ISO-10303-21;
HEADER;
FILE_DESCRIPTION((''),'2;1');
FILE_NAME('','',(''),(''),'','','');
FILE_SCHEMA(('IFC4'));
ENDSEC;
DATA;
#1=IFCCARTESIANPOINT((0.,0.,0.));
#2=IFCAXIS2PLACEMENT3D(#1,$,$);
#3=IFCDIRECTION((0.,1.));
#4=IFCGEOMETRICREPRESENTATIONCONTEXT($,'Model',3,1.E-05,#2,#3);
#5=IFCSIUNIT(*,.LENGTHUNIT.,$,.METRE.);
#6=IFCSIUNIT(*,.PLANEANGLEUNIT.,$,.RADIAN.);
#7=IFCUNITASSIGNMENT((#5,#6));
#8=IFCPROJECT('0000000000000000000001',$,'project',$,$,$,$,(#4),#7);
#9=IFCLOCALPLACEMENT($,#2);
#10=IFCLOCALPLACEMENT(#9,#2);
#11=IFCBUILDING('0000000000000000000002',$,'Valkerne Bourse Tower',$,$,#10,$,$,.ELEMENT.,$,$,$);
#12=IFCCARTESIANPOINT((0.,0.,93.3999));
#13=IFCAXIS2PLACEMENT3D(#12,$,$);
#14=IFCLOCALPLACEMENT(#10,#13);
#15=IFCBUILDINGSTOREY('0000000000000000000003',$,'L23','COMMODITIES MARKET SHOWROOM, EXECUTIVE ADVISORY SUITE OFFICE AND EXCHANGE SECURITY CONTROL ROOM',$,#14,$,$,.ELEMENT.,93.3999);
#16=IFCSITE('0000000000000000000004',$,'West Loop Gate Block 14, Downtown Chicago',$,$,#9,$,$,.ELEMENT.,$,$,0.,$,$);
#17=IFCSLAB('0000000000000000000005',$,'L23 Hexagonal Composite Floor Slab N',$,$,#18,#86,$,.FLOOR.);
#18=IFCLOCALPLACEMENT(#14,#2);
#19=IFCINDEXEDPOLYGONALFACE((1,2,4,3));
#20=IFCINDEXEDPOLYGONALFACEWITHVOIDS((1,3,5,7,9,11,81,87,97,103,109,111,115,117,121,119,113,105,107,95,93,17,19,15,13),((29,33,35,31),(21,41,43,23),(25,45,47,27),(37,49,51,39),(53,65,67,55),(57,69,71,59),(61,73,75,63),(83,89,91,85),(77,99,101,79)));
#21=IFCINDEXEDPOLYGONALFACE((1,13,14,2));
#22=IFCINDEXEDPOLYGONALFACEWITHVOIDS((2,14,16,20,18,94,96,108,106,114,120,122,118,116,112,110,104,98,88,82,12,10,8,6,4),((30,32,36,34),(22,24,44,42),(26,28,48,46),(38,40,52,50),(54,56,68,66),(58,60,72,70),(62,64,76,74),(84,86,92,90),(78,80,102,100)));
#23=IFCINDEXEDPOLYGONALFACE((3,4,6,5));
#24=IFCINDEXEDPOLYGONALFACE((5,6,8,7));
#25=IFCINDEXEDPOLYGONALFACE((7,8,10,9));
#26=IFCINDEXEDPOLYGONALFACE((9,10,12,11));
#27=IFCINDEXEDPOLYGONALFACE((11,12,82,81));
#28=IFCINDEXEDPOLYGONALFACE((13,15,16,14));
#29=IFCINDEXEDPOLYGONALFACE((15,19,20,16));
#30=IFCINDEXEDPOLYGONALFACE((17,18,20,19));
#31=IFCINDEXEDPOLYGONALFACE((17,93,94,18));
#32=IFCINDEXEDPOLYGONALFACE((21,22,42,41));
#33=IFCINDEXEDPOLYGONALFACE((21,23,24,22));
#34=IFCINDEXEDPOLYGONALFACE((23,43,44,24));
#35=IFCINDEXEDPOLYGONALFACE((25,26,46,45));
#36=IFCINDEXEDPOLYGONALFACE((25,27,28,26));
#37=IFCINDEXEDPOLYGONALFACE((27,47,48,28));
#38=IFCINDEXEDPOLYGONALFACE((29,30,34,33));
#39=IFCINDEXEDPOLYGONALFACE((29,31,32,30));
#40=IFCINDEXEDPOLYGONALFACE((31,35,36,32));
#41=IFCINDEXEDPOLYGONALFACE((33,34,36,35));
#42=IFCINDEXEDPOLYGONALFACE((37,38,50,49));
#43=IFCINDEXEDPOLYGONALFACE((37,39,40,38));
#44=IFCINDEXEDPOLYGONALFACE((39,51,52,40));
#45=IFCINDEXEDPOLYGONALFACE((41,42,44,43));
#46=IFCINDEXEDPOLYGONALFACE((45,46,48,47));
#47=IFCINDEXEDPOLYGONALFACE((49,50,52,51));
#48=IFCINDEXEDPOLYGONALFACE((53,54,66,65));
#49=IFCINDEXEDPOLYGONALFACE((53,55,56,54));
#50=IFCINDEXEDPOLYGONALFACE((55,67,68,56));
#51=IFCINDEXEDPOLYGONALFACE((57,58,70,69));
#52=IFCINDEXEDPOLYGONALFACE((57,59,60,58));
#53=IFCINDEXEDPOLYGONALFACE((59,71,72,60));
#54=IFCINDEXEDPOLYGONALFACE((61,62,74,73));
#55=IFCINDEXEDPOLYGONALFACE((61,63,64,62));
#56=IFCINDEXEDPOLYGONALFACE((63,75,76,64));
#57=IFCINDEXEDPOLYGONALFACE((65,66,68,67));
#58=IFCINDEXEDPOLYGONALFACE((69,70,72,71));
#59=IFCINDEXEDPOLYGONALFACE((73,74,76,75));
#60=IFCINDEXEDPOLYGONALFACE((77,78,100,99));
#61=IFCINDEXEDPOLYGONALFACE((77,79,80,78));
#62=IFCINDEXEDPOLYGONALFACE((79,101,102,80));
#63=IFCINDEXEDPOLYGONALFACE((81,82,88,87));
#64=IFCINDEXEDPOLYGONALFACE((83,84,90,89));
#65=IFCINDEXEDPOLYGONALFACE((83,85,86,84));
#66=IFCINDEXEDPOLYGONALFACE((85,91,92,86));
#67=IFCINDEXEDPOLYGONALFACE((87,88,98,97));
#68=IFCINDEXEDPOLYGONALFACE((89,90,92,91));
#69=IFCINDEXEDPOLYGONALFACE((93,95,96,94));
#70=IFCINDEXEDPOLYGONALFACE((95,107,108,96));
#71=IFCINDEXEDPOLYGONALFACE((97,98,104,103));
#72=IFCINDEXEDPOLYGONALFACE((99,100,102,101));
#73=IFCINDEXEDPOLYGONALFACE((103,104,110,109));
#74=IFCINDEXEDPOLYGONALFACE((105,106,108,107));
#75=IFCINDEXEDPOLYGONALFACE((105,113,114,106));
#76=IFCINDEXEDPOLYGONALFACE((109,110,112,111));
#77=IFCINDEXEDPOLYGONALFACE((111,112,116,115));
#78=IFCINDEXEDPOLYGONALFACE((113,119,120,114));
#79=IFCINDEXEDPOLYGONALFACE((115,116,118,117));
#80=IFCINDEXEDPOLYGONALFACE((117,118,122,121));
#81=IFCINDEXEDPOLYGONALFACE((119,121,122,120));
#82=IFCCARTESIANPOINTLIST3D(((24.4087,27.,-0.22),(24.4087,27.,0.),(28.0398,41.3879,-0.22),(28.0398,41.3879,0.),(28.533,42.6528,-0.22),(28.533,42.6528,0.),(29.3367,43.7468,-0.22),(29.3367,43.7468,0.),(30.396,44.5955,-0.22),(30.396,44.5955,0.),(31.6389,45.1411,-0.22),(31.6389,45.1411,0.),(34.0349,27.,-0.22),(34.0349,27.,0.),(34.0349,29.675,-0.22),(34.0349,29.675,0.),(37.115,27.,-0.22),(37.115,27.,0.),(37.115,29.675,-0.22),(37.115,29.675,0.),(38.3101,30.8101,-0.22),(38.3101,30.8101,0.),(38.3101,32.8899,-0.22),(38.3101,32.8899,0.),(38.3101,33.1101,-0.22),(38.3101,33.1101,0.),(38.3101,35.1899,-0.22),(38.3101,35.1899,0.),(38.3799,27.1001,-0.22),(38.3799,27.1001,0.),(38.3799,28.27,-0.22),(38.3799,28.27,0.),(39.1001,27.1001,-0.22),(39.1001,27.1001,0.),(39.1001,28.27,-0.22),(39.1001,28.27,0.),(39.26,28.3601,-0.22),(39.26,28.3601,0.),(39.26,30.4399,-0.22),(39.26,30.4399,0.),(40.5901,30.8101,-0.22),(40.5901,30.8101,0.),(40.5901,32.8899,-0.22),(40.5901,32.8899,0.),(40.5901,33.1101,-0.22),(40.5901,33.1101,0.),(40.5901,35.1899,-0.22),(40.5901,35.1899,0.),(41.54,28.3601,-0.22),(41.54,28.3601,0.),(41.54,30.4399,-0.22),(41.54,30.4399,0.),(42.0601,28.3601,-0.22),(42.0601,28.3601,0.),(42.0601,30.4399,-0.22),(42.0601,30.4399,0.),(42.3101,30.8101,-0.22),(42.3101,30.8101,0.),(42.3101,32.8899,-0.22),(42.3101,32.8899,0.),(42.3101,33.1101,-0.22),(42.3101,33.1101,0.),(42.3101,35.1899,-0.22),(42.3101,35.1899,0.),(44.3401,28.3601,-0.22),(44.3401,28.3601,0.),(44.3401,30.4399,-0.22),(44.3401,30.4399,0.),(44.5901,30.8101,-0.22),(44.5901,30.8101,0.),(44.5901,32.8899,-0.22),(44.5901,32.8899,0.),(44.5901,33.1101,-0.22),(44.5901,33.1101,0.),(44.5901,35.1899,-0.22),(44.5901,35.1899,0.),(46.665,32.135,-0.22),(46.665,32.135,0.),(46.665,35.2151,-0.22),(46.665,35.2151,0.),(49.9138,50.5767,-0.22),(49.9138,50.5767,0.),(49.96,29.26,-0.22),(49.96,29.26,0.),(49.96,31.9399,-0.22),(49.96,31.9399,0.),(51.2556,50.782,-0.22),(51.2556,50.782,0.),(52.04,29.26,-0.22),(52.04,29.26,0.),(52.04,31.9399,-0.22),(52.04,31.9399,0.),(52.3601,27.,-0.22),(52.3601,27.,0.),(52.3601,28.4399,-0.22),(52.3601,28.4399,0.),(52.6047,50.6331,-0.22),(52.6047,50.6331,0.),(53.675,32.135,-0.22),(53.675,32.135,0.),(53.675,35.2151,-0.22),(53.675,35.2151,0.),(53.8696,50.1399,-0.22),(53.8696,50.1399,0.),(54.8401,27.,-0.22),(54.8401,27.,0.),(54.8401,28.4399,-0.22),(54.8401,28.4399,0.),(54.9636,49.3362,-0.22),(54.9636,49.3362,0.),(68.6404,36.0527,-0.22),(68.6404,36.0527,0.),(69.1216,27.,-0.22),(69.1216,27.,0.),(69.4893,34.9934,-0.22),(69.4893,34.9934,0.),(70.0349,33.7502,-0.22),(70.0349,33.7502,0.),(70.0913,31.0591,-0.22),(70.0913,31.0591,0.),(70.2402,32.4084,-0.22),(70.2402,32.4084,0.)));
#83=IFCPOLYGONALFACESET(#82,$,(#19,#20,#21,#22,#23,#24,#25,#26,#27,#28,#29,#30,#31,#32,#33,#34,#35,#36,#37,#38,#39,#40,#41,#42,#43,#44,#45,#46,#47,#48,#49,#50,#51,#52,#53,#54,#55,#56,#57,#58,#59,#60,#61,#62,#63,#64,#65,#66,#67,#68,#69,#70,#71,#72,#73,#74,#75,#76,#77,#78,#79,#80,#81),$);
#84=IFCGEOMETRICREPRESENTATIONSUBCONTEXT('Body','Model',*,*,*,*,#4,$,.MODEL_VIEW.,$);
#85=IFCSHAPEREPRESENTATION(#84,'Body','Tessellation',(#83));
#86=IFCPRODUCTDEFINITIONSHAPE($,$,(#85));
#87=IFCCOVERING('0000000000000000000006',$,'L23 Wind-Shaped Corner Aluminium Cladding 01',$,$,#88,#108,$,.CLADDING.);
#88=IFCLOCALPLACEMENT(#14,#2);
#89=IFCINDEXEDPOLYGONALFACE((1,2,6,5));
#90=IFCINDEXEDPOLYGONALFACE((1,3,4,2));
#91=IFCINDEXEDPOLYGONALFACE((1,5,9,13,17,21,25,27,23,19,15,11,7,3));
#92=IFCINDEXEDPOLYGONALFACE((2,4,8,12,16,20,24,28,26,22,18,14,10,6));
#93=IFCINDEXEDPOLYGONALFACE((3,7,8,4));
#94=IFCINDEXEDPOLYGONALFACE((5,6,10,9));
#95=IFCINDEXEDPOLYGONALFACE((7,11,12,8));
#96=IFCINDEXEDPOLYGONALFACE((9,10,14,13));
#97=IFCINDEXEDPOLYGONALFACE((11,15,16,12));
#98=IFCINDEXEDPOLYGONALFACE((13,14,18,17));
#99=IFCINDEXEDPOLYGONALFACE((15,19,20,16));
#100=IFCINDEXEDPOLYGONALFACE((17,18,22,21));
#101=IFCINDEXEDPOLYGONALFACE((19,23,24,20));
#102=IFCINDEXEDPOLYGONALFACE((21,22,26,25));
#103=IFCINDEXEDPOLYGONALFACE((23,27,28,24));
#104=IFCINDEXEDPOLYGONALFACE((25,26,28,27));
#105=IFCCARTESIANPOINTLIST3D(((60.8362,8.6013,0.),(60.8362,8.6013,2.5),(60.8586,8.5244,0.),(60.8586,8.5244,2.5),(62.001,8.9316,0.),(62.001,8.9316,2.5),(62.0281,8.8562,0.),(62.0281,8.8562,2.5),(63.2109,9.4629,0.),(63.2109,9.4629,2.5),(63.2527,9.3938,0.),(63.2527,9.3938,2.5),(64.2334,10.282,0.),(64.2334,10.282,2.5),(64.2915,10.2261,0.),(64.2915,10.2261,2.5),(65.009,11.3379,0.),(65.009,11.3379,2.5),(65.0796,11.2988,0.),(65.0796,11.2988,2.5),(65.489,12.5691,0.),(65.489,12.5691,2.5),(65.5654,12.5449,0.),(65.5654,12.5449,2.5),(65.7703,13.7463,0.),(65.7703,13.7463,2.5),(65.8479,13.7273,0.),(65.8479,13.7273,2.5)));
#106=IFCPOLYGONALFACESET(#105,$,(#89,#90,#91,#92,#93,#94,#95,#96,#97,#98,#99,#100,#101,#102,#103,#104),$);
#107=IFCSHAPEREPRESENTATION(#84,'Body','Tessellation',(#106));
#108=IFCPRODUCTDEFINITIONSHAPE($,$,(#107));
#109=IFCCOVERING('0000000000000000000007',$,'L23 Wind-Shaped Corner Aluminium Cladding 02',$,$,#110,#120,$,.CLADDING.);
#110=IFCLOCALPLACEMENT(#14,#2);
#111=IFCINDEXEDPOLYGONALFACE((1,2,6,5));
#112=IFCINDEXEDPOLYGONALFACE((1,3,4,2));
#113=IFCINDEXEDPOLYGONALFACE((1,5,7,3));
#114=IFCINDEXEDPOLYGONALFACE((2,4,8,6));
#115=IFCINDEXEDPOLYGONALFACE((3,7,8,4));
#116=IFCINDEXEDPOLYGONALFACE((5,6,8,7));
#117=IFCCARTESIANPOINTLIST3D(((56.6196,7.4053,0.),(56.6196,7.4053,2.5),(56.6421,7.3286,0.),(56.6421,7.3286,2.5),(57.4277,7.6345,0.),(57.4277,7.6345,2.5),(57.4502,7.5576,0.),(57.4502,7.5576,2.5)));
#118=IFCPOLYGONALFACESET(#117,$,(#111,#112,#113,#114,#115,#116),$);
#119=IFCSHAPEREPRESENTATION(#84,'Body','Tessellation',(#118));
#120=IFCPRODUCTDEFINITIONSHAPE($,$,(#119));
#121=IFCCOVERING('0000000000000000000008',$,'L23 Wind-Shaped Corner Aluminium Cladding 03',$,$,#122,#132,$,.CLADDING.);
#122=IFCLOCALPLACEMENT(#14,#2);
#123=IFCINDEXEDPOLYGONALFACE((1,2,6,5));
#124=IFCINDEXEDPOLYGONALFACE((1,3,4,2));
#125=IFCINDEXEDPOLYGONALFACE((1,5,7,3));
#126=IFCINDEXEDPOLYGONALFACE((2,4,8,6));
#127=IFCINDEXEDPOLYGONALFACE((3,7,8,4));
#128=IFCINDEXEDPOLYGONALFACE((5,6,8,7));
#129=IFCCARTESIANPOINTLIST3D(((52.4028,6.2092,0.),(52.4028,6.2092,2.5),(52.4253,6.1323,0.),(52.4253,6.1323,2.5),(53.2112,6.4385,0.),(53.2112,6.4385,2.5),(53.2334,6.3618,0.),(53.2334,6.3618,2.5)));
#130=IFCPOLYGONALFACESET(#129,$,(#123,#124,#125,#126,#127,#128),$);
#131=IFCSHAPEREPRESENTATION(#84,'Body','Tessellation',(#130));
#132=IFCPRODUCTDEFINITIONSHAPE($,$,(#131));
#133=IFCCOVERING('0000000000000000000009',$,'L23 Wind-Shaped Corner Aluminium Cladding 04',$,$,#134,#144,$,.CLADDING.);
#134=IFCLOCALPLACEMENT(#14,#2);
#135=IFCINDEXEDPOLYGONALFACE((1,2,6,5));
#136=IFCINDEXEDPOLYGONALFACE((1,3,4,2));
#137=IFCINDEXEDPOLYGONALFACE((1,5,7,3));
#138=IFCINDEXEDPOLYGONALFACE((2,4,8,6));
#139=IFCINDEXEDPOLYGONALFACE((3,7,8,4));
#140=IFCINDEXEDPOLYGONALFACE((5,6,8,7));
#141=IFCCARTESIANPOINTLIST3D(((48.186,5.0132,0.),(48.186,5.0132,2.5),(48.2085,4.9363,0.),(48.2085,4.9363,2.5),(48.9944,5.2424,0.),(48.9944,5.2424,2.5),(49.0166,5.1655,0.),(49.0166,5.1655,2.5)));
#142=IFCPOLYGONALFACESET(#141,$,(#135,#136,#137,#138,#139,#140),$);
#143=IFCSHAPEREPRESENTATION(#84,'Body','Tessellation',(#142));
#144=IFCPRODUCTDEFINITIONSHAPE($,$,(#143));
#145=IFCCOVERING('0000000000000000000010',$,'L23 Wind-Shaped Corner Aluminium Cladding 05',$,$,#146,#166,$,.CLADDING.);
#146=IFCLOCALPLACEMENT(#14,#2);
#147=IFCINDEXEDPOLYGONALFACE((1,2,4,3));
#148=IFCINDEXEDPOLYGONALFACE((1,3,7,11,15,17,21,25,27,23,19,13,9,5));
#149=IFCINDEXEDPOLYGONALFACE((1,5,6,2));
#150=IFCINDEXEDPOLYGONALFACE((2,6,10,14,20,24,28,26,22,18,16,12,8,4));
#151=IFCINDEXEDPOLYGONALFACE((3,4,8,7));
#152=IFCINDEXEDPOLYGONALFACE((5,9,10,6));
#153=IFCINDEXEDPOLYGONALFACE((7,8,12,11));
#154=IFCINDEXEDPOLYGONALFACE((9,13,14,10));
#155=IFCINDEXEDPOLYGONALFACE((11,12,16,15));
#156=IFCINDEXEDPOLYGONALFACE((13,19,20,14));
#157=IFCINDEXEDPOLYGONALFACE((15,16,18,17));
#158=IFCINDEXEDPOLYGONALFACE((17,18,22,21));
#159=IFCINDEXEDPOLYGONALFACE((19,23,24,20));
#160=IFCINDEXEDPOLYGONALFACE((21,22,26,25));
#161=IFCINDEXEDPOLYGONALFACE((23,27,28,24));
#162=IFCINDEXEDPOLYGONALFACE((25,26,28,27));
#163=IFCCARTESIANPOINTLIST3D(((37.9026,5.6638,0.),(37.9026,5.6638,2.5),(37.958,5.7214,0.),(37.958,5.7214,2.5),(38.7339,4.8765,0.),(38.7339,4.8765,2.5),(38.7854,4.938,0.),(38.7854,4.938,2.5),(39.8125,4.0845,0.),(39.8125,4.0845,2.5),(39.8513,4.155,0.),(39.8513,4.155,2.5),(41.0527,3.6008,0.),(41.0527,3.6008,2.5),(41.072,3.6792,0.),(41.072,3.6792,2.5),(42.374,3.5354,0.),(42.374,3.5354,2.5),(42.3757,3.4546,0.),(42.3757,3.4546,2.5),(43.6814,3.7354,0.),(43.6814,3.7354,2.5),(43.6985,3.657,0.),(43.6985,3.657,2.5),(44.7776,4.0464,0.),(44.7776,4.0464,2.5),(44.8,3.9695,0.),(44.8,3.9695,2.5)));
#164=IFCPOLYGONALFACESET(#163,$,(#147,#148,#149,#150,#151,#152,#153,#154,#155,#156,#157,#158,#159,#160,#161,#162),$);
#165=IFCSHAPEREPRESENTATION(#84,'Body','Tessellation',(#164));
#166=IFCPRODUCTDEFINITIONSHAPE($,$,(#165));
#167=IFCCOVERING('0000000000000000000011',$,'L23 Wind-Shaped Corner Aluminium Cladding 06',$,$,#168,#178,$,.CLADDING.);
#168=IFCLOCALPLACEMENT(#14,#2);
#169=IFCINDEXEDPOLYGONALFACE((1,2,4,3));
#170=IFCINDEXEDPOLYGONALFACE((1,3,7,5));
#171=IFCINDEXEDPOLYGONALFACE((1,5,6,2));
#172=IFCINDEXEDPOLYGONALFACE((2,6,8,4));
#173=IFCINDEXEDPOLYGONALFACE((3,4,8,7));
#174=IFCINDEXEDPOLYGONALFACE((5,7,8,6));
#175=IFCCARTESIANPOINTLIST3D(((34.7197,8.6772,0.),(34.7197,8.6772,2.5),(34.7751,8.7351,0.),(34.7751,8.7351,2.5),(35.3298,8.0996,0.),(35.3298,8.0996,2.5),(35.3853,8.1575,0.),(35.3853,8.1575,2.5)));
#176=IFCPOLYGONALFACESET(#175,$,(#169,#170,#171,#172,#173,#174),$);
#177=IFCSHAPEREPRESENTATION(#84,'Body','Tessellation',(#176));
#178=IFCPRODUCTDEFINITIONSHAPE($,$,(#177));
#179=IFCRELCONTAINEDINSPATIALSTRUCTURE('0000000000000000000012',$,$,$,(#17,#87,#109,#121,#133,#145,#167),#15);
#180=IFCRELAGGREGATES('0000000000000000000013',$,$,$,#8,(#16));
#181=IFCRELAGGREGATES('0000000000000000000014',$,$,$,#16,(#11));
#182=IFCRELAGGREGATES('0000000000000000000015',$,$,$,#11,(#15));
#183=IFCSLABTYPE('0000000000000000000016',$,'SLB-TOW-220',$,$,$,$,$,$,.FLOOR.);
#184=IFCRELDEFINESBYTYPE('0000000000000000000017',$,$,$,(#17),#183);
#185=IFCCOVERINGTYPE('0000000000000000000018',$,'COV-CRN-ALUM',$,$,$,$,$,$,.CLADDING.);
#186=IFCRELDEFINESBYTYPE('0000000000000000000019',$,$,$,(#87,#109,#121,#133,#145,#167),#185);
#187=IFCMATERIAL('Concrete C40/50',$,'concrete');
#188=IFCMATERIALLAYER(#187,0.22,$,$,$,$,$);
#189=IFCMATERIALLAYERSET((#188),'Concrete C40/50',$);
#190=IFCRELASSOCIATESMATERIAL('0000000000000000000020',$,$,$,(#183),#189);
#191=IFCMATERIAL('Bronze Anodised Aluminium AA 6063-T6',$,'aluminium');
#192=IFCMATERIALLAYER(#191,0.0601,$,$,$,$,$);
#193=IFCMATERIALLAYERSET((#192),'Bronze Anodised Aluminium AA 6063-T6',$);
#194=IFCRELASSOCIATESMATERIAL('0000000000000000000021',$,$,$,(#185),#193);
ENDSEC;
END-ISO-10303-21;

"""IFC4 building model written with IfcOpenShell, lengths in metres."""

from ifc_helpers import new_model, si_unit, direction, frame, origin, place, context, subcontext, project, spatial, polyline, outline, extrude, material, layer, layer_set, type_object, element, save


model = new_model("IFC4")

# Units and contexts
model_context = context("Model", 3, precision=1e-05, world=origin(), true_north=direction((0.0, 1.0)))
body_context = subcontext(model_context, "Body", "Model", "MODEL_VIEW")
ifc_project = project(units=[si_unit("LENGTHUNIT", "METRE"), si_unit("PLANEANGLEUNIT", "RADIAN")], contexts=[model_context])

# Site, building, storey
site_placement = place(None, origin())
site = spatial("IfcSite", under=ifc_project, at=site_placement, Name="West Loop Gate Block 14, Downtown Chicago", CompositionType="ELEMENT", RefElevation=0.0)
building_placement = place(site_placement, origin())
building = spatial("IfcBuilding", under=site, at=building_placement, Name="Valkerne Bourse Tower", CompositionType="ELEMENT")
storey_placement = place(building_placement, frame((0.0, 0.0, 93.3999)))
storey = spatial("IfcBuildingStorey", under=building, at=storey_placement, Name="L23", Description="COMMODITIES MARKET SHOWROOM, EXECUTIVE ADVISORY SUITE OFFICE AND EXCHANGE SECURITY CONTROL ROOM", CompositionType="ELEMENT", Elevation=93.3999)

# Slab
ifc_material_1 = material(Name="Concrete C40/50", Category="concrete")
ifc_layer_1 = layer(ifc_material_1, 0.22)
ifc_layer_set_1 = layer_set([ifc_layer_1], Name="Concrete C40/50")
slab_type_1 = type_object("IfcSlabType", Name="SLB-TOW-220", PredefinedType="FLOOR", material=ifc_layer_set_1)
slab_1_placement = place(storey_placement, frame((0.0, 0.0, -0.22)))
element("IfcSlab", 1, at=slab_1_placement, inside=storey, type_object=slab_type_1, Name="L23 Hexagonal Composite Floor Slab N", PredefinedType="FLOOR", context=body_context, shape_type="SweptSolid", body=[
    extrude(outline(polyline([(28.0398, 41.3879), (28.533, 42.6528), (29.3367, 43.7468), (30.396, 44.5955), (31.6389, 45.1411), (49.9138, 50.5767), (51.2556, 50.782), (52.6047, 50.6331), (53.8696, 50.1399), (54.9636, 49.3362), (68.6404, 36.0527), (69.4893, 34.9934), (70.0349, 33.7502), (70.2402, 32.4084), (70.0913, 31.0591), (69.1216, 27.0), (54.8401, 27.0), (54.8401, 28.4399), (52.3601, 28.4399), (52.3601, 27.0), (37.115, 27.0), (37.115, 29.675), (34.0349, 29.675), (34.0349, 27.0), (24.4087, 27.0), (28.0398, 41.3879)]), holes=[polyline([(39.1001, 28.27), (38.3799, 28.27), (38.3799, 27.1001), (39.1001, 27.1001), (39.1001, 28.27)]), polyline([(41.54, 30.4399), (39.26, 30.4399), (39.26, 28.3601), (41.54, 28.3601), (41.54, 30.4399)]), polyline([(44.3401, 30.4399), (42.0601, 30.4399), (42.0601, 28.3601), (44.3401, 28.3601), (44.3401, 30.4399)]), polyline([(40.5901, 30.8101), (40.5901, 32.8899), (38.3101, 32.8899), (38.3101, 30.8101), (40.5901, 30.8101)]), polyline([(40.5901, 33.1101), (40.5901, 35.1899), (38.3101, 35.1899), (38.3101, 33.1101), (40.5901, 33.1101)]), polyline([(52.04, 31.9399), (49.96, 31.9399), (49.96, 29.26), (52.04, 29.26), (52.04, 31.9399)]), polyline([(44.5901, 32.8899), (42.3101, 32.8899), (42.3101, 30.8101), (44.5901, 30.8101), (44.5901, 32.8899)]), polyline([(53.675, 32.135), (53.675, 35.2151), (46.665, 35.2151), (46.665, 32.135), (53.675, 32.135)]), polyline([(44.5901, 33.1101), (44.5901, 35.1899), (42.3101, 35.1899), (42.3101, 33.1101), (44.5901, 33.1101)])]), origin(), (0.0, 0.0, 1.0), 0.22),
])

# Coverings
ifc_material_2 = material(Name="Bronze Anodised Aluminium AA 6063-T6", Category="aluminium")
ifc_layer_2 = layer(ifc_material_2, 0.0601)
ifc_layer_set_2 = layer_set([ifc_layer_2], Name="Bronze Anodised Aluminium AA 6063-T6")
covering_type = type_object("IfcCoveringType", Name="COV-CRN-ALUM", PredefinedType="CLADDING", material=ifc_layer_set_2)
covering_1_placement = place(storey_placement, origin())
element("IfcCovering", 2, at=covering_1_placement, inside=storey, type_object=covering_type, Name="L23 Wind-Shaped Corner Aluminium Cladding 01", PredefinedType="CLADDING", context=body_context, shape_type="SweptSolid", body=[
    extrude(outline(polyline([(65.0796, 11.2988), (64.2915, 10.2261), (63.2527, 9.3938), (62.0281, 8.8562), (60.8586, 8.5244), (60.8362, 8.6013), (62.001, 8.9316), (63.2109, 9.4629), (64.2334, 10.282), (65.009, 11.3379), (65.489, 12.5691), (65.7703, 13.7463), (65.8479, 13.7273), (65.5654, 12.5449), (65.0796, 11.2988)])), origin(), (0.0, 0.0, 1.0), 2.5),
])
covering_2_placement = place(storey_placement, origin())
element("IfcCovering", 3, at=covering_2_placement, inside=storey, type_object=covering_type, Name="L23 Wind-Shaped Corner Aluminium Cladding 02", PredefinedType="CLADDING", context=body_context, shape_type="SweptSolid", body=[
    extrude(outline(polyline([(56.6421, 7.3286), (56.6196, 7.4053), (57.4277, 7.6345), (57.4502, 7.5576), (56.6421, 7.3286)])), origin(), (0.0, 0.0, 1.0), 2.5),
])
covering_3_placement = place(storey_placement, origin())
element("IfcCovering", 4, at=covering_3_placement, inside=storey, type_object=covering_type, Name="L23 Wind-Shaped Corner Aluminium Cladding 03", PredefinedType="CLADDING", context=body_context, shape_type="SweptSolid", body=[
    extrude(outline(polyline([(52.4253, 6.1323), (52.4028, 6.2092), (53.2112, 6.4385), (53.2334, 6.3618), (52.4253, 6.1323)])), origin(), (0.0, 0.0, 1.0), 2.5),
])
covering_4_placement = place(storey_placement, origin())
element("IfcCovering", 5, at=covering_4_placement, inside=storey, type_object=covering_type, Name="L23 Wind-Shaped Corner Aluminium Cladding 04", PredefinedType="CLADDING", context=body_context, shape_type="SweptSolid", body=[
    extrude(outline(polyline([(48.2085, 4.9363), (48.186, 5.0132), (48.9944, 5.2424), (49.0166, 5.1655), (48.2085, 4.9363)])), origin(), (0.0, 0.0, 1.0), 2.5),
])
covering_5_placement = place(storey_placement, origin())
element("IfcCovering", 6, at=covering_5_placement, inside=storey, type_object=covering_type, Name="L23 Wind-Shaped Corner Aluminium Cladding 05", PredefinedType="CLADDING", context=body_context, shape_type="SweptSolid", body=[
    extrude(outline(polyline([(43.6985, 3.657), (42.3757, 3.4546), (41.0527, 3.6008), (39.8125, 4.0845), (38.7339, 4.8765), (37.9026, 5.6638), (37.958, 5.7214), (38.7854, 4.938), (39.8513, 4.155), (41.072, 3.6792), (42.374, 3.5354), (43.6814, 3.7354), (44.7776, 4.0464), (44.8, 3.9695), (43.6985, 3.657)])), origin(), (0.0, 0.0, 1.0), 2.5),
])
covering_6_placement = place(storey_placement, origin())
element("IfcCovering", 7, at=covering_6_placement, inside=storey, type_object=covering_type, Name="L23 Wind-Shaped Corner Aluminium Cladding 06", PredefinedType="CLADDING", context=body_context, shape_type="SweptSolid", body=[
    extrude(outline(polyline([(34.7197, 8.6772), (34.7751, 8.7351), (35.3853, 8.1575), (35.3298, 8.0996), (34.7197, 8.6772)])), origin(), (0.0, 0.0, 1.0), 2.5),
])

save(model, "model.ifc")
